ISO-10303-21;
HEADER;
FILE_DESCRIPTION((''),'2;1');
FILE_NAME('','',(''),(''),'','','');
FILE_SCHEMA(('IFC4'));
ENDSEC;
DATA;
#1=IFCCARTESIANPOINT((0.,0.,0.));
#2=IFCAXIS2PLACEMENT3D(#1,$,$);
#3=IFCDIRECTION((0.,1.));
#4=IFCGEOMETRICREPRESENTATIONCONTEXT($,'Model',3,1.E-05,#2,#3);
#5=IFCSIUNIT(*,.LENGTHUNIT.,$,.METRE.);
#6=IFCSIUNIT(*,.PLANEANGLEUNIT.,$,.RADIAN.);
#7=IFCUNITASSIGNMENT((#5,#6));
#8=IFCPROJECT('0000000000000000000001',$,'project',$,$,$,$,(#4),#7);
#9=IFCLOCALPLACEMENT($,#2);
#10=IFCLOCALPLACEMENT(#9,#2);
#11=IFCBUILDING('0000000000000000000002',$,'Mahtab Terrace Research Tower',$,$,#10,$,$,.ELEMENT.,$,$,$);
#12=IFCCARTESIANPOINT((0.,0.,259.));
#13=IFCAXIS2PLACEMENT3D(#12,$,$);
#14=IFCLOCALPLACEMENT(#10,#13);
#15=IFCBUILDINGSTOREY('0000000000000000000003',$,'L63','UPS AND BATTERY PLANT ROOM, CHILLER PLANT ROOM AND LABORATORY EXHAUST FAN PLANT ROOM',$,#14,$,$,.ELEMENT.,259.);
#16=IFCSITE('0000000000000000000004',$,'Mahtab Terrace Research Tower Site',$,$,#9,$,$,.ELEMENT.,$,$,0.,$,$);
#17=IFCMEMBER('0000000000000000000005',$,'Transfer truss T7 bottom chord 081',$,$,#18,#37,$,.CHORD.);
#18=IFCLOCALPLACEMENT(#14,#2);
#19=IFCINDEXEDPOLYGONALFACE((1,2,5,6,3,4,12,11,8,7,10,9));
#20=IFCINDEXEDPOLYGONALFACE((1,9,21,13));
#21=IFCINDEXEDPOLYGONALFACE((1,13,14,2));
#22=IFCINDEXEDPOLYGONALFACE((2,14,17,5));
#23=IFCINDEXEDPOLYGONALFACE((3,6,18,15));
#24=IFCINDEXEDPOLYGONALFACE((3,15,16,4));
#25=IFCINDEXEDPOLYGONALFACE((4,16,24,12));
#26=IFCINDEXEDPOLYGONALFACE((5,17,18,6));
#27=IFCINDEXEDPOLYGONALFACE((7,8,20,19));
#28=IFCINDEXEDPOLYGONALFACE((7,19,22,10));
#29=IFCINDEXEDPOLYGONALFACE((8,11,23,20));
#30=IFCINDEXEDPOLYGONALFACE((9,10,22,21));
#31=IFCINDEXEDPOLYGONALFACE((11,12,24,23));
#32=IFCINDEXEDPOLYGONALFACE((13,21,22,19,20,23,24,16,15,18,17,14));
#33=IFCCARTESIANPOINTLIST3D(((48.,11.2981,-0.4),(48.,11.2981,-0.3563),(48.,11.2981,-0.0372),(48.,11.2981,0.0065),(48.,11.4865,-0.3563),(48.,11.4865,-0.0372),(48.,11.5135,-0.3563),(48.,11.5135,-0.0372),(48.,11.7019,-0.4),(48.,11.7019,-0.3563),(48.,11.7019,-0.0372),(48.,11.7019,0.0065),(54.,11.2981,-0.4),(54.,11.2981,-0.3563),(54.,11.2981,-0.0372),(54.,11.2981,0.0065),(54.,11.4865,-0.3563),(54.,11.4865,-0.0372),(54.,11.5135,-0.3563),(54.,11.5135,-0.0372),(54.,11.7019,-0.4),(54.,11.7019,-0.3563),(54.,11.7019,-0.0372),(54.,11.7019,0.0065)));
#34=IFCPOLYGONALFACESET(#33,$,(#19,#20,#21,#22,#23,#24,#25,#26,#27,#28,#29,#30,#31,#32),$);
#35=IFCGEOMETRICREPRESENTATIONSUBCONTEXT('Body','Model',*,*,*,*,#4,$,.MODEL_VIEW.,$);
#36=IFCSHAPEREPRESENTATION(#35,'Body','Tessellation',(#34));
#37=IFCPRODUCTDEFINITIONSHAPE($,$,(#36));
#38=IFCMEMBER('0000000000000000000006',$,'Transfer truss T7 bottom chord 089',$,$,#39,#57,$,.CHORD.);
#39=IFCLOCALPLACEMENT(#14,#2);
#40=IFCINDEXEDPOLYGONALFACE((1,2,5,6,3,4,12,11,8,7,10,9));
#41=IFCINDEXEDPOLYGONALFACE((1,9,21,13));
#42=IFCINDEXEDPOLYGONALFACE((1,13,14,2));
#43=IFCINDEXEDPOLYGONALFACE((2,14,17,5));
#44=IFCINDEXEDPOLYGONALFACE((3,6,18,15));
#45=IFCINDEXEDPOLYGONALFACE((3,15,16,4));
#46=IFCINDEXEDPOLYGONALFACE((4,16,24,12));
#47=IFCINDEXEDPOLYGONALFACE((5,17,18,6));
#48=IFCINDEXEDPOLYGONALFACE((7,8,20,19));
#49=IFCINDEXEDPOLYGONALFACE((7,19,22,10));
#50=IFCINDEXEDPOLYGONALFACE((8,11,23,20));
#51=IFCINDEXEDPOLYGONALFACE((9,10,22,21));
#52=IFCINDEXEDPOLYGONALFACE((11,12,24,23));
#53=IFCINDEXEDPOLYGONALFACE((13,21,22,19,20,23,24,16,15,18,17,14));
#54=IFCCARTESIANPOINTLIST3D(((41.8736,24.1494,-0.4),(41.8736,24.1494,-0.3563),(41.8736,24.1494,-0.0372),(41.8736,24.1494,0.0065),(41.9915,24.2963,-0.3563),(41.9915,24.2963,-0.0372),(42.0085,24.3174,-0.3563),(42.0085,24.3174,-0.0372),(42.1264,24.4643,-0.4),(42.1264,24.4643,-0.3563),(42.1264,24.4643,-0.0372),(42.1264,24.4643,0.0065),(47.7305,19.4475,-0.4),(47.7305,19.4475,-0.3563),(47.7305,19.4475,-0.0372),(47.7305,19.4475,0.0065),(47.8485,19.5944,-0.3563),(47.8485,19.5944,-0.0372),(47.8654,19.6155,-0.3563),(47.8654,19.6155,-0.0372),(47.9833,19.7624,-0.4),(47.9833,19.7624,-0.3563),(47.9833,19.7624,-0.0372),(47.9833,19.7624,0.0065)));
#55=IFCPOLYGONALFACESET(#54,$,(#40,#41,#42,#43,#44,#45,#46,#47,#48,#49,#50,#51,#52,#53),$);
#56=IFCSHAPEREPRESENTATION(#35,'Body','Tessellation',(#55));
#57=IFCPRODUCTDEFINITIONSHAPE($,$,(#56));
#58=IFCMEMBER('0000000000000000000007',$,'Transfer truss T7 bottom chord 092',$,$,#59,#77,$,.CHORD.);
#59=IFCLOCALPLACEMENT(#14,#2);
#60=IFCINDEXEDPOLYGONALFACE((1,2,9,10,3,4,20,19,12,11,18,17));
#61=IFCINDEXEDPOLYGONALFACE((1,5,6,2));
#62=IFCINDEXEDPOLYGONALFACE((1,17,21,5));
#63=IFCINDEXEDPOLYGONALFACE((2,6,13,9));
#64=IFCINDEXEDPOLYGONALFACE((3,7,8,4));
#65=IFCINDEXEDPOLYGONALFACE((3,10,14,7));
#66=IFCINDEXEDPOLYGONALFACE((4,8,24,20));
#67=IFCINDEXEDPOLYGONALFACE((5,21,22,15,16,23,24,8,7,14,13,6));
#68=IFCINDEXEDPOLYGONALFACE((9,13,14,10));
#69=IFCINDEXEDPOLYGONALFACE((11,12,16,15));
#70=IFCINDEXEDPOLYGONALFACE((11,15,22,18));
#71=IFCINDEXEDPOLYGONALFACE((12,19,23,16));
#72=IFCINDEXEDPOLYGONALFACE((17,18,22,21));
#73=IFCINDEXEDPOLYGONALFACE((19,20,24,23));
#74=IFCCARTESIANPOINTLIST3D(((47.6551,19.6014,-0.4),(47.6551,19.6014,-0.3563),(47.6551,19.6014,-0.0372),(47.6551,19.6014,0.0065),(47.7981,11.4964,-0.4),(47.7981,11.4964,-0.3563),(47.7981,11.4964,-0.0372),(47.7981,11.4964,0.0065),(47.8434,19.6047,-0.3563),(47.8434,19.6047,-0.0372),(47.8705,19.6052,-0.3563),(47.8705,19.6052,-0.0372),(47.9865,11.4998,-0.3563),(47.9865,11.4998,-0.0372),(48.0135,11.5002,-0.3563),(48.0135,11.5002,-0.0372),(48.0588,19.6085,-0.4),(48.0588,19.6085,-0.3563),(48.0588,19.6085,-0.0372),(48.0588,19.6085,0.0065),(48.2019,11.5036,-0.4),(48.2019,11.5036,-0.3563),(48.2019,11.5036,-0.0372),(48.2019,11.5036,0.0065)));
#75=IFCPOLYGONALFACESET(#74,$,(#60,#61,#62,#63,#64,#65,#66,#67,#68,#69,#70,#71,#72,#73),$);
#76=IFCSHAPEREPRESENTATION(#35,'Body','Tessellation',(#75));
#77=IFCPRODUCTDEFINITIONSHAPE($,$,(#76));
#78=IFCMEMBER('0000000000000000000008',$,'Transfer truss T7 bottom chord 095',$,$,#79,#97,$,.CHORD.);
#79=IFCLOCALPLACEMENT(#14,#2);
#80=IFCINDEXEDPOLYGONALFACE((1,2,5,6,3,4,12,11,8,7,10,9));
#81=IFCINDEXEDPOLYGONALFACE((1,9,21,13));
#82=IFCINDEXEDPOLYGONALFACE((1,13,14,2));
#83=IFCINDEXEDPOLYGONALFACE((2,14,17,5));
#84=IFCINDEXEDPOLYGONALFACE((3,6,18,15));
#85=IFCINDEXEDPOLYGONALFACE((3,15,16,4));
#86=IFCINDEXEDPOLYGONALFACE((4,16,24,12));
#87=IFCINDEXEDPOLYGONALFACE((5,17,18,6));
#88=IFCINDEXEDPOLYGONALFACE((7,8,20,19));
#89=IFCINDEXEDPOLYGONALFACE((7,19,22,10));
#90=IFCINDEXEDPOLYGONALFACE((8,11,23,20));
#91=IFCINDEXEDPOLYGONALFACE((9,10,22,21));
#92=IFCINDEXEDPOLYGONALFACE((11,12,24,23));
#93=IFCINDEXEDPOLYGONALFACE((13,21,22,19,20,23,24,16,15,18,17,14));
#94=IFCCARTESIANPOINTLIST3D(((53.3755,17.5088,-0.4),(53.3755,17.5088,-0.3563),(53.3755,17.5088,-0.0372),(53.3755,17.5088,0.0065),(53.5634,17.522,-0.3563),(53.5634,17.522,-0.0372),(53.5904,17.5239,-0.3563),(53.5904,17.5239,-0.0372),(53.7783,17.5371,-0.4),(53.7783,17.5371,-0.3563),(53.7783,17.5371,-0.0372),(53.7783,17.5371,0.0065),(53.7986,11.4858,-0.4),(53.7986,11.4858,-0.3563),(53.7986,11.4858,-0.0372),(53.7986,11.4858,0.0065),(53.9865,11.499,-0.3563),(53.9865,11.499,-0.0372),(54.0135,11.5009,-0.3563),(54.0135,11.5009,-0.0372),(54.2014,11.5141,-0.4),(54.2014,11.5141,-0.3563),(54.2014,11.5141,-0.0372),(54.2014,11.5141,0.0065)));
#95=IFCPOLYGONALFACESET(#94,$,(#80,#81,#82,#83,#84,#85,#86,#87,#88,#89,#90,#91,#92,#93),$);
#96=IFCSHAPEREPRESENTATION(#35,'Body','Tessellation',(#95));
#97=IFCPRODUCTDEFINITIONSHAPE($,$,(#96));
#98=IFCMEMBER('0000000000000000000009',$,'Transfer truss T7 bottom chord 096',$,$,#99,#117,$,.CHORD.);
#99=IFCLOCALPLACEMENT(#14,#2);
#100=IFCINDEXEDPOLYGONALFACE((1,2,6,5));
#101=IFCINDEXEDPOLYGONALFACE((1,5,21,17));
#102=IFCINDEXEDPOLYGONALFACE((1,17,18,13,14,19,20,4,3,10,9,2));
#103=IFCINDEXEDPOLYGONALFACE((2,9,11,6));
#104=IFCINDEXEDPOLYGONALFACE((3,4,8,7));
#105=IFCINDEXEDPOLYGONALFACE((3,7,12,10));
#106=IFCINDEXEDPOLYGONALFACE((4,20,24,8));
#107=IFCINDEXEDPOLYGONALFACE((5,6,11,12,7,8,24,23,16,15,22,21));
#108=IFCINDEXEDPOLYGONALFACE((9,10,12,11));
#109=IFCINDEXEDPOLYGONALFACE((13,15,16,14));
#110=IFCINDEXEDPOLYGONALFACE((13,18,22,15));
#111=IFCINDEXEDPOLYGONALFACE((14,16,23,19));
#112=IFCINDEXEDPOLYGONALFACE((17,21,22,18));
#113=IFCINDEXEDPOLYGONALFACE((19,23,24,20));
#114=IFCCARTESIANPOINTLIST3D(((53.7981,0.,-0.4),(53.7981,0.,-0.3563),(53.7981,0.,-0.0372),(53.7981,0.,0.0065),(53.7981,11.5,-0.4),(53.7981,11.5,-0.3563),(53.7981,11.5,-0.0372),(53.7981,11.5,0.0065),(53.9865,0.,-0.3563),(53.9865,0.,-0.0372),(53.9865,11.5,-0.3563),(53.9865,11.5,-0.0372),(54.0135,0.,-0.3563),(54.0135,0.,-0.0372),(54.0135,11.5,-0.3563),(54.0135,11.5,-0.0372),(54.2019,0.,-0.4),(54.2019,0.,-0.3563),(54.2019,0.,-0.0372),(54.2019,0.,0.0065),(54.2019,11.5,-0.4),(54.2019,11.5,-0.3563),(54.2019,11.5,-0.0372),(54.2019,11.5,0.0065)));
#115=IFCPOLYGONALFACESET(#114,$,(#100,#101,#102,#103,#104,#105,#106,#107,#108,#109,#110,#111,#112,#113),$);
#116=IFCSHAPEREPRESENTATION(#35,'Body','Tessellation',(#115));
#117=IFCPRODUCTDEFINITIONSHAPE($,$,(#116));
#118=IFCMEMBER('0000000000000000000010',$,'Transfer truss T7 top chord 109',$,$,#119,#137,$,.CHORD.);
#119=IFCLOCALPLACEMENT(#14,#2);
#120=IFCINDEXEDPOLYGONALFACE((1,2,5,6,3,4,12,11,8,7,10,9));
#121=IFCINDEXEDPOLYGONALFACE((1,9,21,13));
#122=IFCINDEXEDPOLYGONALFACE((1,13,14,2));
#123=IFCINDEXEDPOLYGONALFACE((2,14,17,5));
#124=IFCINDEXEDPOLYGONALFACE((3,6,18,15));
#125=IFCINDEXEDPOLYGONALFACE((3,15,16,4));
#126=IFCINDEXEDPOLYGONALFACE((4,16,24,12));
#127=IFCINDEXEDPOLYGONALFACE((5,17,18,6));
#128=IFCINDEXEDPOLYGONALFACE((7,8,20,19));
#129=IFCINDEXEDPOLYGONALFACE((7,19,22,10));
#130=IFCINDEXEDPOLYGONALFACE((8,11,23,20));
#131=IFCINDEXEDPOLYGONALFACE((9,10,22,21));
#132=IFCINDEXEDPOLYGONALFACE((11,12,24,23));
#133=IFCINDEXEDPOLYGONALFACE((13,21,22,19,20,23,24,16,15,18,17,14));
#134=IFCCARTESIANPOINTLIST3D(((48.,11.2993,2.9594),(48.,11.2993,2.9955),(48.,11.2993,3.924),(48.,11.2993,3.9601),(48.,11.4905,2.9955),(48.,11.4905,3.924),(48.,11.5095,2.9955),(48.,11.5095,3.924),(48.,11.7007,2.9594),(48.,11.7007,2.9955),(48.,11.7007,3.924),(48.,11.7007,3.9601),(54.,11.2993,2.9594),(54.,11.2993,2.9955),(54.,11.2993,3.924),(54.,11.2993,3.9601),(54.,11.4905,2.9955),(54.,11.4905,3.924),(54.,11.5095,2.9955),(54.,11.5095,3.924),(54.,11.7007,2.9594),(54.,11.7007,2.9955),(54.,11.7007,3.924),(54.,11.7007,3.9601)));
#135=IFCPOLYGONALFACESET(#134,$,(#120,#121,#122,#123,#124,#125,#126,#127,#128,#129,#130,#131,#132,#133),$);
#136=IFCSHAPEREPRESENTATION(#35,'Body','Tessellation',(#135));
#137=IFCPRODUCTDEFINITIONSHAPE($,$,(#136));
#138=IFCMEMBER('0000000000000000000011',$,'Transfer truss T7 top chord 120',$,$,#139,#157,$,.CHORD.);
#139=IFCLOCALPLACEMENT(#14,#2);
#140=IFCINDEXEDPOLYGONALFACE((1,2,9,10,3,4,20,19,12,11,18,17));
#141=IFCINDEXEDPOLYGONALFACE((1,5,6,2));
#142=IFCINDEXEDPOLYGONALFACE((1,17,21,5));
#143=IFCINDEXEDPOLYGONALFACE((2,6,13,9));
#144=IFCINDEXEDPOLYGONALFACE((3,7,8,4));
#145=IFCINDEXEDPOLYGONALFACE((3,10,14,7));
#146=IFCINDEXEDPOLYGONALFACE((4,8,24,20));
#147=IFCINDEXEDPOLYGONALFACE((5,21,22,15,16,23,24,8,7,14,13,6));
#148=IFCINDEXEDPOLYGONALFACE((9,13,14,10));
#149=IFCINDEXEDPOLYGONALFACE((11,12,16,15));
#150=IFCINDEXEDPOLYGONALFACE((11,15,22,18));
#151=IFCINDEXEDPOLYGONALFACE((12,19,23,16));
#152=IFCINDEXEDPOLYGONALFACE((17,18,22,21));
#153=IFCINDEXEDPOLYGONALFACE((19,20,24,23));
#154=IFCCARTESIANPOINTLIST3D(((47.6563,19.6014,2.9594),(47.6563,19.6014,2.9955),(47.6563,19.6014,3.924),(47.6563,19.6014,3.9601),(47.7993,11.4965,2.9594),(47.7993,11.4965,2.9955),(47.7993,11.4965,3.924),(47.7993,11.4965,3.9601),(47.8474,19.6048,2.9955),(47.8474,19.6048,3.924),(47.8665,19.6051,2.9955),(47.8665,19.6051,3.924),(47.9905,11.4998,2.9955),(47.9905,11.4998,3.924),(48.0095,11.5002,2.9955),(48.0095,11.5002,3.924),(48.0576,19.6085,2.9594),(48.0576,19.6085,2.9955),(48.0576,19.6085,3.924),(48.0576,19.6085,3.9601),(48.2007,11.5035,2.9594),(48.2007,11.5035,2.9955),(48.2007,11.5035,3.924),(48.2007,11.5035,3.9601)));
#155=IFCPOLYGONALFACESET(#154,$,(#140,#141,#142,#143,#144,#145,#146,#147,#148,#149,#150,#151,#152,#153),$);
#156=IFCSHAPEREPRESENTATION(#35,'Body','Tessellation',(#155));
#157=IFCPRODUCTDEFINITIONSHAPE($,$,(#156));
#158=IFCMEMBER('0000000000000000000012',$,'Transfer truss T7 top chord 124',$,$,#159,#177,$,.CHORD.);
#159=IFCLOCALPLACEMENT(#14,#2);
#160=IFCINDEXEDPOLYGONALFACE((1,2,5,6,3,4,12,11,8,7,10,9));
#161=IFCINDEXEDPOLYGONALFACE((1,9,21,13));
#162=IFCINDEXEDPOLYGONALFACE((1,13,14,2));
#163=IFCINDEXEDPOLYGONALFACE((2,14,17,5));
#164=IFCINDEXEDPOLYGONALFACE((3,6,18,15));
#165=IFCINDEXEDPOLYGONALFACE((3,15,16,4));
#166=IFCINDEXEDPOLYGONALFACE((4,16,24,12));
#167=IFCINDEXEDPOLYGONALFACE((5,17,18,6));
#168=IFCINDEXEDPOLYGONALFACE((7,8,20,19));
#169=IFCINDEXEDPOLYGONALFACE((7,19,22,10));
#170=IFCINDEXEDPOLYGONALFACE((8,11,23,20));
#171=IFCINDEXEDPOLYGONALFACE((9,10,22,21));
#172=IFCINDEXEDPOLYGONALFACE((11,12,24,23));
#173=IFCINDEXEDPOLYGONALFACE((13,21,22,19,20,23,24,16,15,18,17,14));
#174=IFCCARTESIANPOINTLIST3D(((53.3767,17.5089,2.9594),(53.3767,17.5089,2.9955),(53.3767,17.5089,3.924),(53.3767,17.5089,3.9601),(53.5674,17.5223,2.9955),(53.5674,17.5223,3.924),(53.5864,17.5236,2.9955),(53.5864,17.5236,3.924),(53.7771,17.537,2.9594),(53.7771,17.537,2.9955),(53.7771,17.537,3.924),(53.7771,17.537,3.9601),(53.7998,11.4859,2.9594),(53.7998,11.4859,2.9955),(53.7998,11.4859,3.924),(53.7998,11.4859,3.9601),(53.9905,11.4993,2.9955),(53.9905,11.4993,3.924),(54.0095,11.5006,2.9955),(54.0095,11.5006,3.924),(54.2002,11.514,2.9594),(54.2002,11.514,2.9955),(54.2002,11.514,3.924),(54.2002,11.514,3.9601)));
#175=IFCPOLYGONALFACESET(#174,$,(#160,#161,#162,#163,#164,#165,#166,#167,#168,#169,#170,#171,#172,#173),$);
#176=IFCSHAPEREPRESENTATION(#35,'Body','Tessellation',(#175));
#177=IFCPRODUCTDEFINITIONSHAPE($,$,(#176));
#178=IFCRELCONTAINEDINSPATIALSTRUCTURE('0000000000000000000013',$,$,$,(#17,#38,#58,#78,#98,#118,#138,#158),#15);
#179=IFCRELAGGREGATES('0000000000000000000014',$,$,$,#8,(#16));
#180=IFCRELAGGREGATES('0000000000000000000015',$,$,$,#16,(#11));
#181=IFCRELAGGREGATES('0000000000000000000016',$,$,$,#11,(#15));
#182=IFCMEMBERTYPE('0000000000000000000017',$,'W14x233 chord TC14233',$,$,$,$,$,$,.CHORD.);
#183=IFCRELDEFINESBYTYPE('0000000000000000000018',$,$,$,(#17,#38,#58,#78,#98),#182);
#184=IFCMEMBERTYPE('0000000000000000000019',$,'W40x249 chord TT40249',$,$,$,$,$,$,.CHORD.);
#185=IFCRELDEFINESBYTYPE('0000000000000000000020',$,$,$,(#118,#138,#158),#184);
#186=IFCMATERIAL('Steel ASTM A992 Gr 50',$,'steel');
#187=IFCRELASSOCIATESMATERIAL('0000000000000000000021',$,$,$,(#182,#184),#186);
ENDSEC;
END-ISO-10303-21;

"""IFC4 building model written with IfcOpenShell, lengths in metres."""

from ifc_helpers import new_model, si_unit, direction, frame, origin, origin_2d, place, context, subcontext, project, spatial, i_section, extrude, material, material_profile, profile_set, type_object, element, save


model = new_model("IFC4")

# Units and contexts
model_context = context("Model", 3, precision=1e-05, world=origin(), true_north=direction((0.0, 1.0)))
body_context = subcontext(model_context, "Body", "Model", "MODEL_VIEW")
ifc_project = project(units=[si_unit("LENGTHUNIT", "METRE"), si_unit("PLANEANGLEUNIT", "RADIAN")], contexts=[model_context])

# Site, building, storey
site_placement = place(None, origin())
site = spatial("IfcSite", under=ifc_project, at=site_placement, Name="Mahtab Terrace Research Tower Site", CompositionType="ELEMENT", RefElevation=0.0)
building_placement = place(site_placement, origin())
building = spatial("IfcBuilding", under=site, at=building_placement, Name="Mahtab Terrace Research Tower", CompositionType="ELEMENT")
storey_placement = place(building_placement, frame((0.0, 0.0, 259.0)))
storey = spatial("IfcBuildingStorey", under=building, at=storey_placement, Name="L63", Description="UPS AND BATTERY PLANT ROOM, CHILLER PLANT ROOM AND LABORATORY EXHAUST FAN PLANT ROOM", CompositionType="ELEMENT", Elevation=259.0)

# Shared definitions
ifc_material_1 = material(Name="Steel ASTM A992 Gr 50", Category="steel")

# Members
ifc_material_profile_1 = material_profile(ifc_material_1, i_section(OverallWidth=0.4038, OverallDepth=0.4065, WebThickness=0.0271, FlangeThickness=0.0437, at=origin_2d()), Name="W14X233")
ifc_profile_set_1 = profile_set([ifc_material_profile_1], Name="Steel ASTM A992 Gr 50")
member_type_1 = type_object("IfcMemberType", Name="W14x233 chord TC14233", PredefinedType="CHORD", material=ifc_profile_set_1)
member_1_placement = place(storey_placement, frame((48.0, 11.5, -0.1968), z_axis=(1.0, 0.0, 0.0), x_axis=(0.0, 1.0, 0.0)))
element("IfcMember", 1, at=member_1_placement, inside=storey, type_object=member_type_1, Name="Transfer truss T7 bottom chord 081", PredefinedType="CHORD", context=body_context, shape_type="SweptSolid", body=[
    extrude(i_section(OverallWidth=0.4038, OverallDepth=0.4065, WebThickness=0.0271, FlangeThickness=0.0437, at=origin_2d()), origin(), (0.0, 0.0, 1.0), 6.0),
])
member_2_placement = place(storey_placement, frame((47.8569, 19.605, -0.1968), z_axis=(-0.779805, 0.626022, 0.0), x_axis=(-0.626022, -0.779805, 0.0)))
element("IfcMember", 2, at=member_2_placement, inside=storey, type_object=member_type_1, Name="Transfer truss T7 bottom chord 089", PredefinedType="CHORD", context=body_context, shape_type="SweptSolid", body=[
    extrude(i_section(OverallWidth=0.4038, OverallDepth=0.4065, WebThickness=0.0271, FlangeThickness=0.0437, at=origin_2d()), origin(), (0.0, 0.0, 1.0), 7.5107),
])
member_3_placement = place(storey_placement, frame((48.0, 11.5, -0.1968), z_axis=(-0.017649, 0.999844, 0.0), x_axis=(-0.999844, -0.017649, 0.0)))
element("IfcMember", 3, at=member_3_placement, inside=storey, type_object=member_type_1, Name="Transfer truss T7 bottom chord 092", PredefinedType="CHORD", context=body_context, shape_type="SweptSolid", body=[
    extrude(i_section(OverallWidth=0.4038, OverallDepth=0.4065, WebThickness=0.0271, FlangeThickness=0.0437, at=origin_2d()), origin(), (0.0, 0.0, 1.0), 8.1062),
])
member_4_placement = place(storey_placement, frame((53.5769, 17.5229, -0.1968), z_axis=(0.070075, -0.997542, 0.0), x_axis=(0.997542, 0.070075, 0.0)))
element("IfcMember", 4, at=member_4_placement, inside=storey, type_object=member_type_1, Name="Transfer truss T7 bottom chord 095", PredefinedType="CHORD", context=body_context, shape_type="SweptSolid", body=[
    extrude(i_section(OverallWidth=0.4038, OverallDepth=0.4065, WebThickness=0.0271, FlangeThickness=0.0437, at=origin_2d()), origin(), (0.0, 0.0, 1.0), 6.0378),
])
member_5_placement = place(storey_placement, frame((54.0, 11.5, -0.1968), z_axis=(0.0, -1.0, 0.0), x_axis=(1.0, 0.0, 0.0)))
element("IfcMember", 5, at=member_5_placement, inside=storey, type_object=member_type_1, Name="Transfer truss T7 bottom chord 096", PredefinedType="CHORD", context=body_context, shape_type="SweptSolid", body=[
    extrude(i_section(OverallWidth=0.4038, OverallDepth=0.4065, WebThickness=0.0271, FlangeThickness=0.0437, at=origin_2d()), origin(), (0.0, 0.0, 1.0), 11.5),
])
ifc_material_profile_2 = material_profile(ifc_material_1, i_section(OverallWidth=0.4014, OverallDepth=1.0007, WebThickness=0.019, FlangeThickness=0.0361, at=origin_2d()), Name="W40X249")
ifc_profile_set_2 = profile_set([ifc_material_profile_2], Name="Steel ASTM A992 Gr 50")
member_type_2 = type_object("IfcMemberType", Name="W40x249 chord TT40249", PredefinedType="CHORD", material=ifc_profile_set_2)
member_6_placement = place(storey_placement, frame((48.0, 11.5, 3.4597), z_axis=(1.0, 0.0, 0.0), x_axis=(0.0, 1.0, 0.0)))
element("IfcMember", 6, at=member_6_placement, inside=storey, type_object=member_type_2, Name="Transfer truss T7 top chord 109", PredefinedType="CHORD", context=body_context, shape_type="SweptSolid", body=[
    extrude(i_section(OverallWidth=0.4014, OverallDepth=1.0007, WebThickness=0.019, FlangeThickness=0.0361, at=origin_2d()), origin(), (0.0, 0.0, 1.0), 6.0),
])
member_7_placement = place(storey_placement, frame((48.0, 11.5, 3.4597), z_axis=(-0.017649, 0.999844, 0.0), x_axis=(-0.999844, -0.017649, 0.0)))
element("IfcMember", 7, at=member_7_placement, inside=storey, type_object=member_type_2, Name="Transfer truss T7 top chord 120", PredefinedType="CHORD", context=body_context, shape_type="SweptSolid", body=[
    extrude(i_section(OverallWidth=0.4014, OverallDepth=1.0007, WebThickness=0.019, FlangeThickness=0.0361, at=origin_2d()), origin(), (0.0, 0.0, 1.0), 8.1062),
])
member_8_placement = place(storey_placement, frame((53.5769, 17.5229, 3.4597), z_axis=(0.070075, -0.997542, 0.0), x_axis=(0.997542, 0.070075, 0.0)))
element("IfcMember", 8, at=member_8_placement, inside=storey, type_object=member_type_2, Name="Transfer truss T7 top chord 124", PredefinedType="CHORD", context=body_context, shape_type="SweptSolid", body=[
    extrude(i_section(OverallWidth=0.4014, OverallDepth=1.0007, WebThickness=0.019, FlangeThickness=0.0361, at=origin_2d()), origin(), (0.0, 0.0, 1.0), 6.0378),
])

save(model, "model.ifc")
